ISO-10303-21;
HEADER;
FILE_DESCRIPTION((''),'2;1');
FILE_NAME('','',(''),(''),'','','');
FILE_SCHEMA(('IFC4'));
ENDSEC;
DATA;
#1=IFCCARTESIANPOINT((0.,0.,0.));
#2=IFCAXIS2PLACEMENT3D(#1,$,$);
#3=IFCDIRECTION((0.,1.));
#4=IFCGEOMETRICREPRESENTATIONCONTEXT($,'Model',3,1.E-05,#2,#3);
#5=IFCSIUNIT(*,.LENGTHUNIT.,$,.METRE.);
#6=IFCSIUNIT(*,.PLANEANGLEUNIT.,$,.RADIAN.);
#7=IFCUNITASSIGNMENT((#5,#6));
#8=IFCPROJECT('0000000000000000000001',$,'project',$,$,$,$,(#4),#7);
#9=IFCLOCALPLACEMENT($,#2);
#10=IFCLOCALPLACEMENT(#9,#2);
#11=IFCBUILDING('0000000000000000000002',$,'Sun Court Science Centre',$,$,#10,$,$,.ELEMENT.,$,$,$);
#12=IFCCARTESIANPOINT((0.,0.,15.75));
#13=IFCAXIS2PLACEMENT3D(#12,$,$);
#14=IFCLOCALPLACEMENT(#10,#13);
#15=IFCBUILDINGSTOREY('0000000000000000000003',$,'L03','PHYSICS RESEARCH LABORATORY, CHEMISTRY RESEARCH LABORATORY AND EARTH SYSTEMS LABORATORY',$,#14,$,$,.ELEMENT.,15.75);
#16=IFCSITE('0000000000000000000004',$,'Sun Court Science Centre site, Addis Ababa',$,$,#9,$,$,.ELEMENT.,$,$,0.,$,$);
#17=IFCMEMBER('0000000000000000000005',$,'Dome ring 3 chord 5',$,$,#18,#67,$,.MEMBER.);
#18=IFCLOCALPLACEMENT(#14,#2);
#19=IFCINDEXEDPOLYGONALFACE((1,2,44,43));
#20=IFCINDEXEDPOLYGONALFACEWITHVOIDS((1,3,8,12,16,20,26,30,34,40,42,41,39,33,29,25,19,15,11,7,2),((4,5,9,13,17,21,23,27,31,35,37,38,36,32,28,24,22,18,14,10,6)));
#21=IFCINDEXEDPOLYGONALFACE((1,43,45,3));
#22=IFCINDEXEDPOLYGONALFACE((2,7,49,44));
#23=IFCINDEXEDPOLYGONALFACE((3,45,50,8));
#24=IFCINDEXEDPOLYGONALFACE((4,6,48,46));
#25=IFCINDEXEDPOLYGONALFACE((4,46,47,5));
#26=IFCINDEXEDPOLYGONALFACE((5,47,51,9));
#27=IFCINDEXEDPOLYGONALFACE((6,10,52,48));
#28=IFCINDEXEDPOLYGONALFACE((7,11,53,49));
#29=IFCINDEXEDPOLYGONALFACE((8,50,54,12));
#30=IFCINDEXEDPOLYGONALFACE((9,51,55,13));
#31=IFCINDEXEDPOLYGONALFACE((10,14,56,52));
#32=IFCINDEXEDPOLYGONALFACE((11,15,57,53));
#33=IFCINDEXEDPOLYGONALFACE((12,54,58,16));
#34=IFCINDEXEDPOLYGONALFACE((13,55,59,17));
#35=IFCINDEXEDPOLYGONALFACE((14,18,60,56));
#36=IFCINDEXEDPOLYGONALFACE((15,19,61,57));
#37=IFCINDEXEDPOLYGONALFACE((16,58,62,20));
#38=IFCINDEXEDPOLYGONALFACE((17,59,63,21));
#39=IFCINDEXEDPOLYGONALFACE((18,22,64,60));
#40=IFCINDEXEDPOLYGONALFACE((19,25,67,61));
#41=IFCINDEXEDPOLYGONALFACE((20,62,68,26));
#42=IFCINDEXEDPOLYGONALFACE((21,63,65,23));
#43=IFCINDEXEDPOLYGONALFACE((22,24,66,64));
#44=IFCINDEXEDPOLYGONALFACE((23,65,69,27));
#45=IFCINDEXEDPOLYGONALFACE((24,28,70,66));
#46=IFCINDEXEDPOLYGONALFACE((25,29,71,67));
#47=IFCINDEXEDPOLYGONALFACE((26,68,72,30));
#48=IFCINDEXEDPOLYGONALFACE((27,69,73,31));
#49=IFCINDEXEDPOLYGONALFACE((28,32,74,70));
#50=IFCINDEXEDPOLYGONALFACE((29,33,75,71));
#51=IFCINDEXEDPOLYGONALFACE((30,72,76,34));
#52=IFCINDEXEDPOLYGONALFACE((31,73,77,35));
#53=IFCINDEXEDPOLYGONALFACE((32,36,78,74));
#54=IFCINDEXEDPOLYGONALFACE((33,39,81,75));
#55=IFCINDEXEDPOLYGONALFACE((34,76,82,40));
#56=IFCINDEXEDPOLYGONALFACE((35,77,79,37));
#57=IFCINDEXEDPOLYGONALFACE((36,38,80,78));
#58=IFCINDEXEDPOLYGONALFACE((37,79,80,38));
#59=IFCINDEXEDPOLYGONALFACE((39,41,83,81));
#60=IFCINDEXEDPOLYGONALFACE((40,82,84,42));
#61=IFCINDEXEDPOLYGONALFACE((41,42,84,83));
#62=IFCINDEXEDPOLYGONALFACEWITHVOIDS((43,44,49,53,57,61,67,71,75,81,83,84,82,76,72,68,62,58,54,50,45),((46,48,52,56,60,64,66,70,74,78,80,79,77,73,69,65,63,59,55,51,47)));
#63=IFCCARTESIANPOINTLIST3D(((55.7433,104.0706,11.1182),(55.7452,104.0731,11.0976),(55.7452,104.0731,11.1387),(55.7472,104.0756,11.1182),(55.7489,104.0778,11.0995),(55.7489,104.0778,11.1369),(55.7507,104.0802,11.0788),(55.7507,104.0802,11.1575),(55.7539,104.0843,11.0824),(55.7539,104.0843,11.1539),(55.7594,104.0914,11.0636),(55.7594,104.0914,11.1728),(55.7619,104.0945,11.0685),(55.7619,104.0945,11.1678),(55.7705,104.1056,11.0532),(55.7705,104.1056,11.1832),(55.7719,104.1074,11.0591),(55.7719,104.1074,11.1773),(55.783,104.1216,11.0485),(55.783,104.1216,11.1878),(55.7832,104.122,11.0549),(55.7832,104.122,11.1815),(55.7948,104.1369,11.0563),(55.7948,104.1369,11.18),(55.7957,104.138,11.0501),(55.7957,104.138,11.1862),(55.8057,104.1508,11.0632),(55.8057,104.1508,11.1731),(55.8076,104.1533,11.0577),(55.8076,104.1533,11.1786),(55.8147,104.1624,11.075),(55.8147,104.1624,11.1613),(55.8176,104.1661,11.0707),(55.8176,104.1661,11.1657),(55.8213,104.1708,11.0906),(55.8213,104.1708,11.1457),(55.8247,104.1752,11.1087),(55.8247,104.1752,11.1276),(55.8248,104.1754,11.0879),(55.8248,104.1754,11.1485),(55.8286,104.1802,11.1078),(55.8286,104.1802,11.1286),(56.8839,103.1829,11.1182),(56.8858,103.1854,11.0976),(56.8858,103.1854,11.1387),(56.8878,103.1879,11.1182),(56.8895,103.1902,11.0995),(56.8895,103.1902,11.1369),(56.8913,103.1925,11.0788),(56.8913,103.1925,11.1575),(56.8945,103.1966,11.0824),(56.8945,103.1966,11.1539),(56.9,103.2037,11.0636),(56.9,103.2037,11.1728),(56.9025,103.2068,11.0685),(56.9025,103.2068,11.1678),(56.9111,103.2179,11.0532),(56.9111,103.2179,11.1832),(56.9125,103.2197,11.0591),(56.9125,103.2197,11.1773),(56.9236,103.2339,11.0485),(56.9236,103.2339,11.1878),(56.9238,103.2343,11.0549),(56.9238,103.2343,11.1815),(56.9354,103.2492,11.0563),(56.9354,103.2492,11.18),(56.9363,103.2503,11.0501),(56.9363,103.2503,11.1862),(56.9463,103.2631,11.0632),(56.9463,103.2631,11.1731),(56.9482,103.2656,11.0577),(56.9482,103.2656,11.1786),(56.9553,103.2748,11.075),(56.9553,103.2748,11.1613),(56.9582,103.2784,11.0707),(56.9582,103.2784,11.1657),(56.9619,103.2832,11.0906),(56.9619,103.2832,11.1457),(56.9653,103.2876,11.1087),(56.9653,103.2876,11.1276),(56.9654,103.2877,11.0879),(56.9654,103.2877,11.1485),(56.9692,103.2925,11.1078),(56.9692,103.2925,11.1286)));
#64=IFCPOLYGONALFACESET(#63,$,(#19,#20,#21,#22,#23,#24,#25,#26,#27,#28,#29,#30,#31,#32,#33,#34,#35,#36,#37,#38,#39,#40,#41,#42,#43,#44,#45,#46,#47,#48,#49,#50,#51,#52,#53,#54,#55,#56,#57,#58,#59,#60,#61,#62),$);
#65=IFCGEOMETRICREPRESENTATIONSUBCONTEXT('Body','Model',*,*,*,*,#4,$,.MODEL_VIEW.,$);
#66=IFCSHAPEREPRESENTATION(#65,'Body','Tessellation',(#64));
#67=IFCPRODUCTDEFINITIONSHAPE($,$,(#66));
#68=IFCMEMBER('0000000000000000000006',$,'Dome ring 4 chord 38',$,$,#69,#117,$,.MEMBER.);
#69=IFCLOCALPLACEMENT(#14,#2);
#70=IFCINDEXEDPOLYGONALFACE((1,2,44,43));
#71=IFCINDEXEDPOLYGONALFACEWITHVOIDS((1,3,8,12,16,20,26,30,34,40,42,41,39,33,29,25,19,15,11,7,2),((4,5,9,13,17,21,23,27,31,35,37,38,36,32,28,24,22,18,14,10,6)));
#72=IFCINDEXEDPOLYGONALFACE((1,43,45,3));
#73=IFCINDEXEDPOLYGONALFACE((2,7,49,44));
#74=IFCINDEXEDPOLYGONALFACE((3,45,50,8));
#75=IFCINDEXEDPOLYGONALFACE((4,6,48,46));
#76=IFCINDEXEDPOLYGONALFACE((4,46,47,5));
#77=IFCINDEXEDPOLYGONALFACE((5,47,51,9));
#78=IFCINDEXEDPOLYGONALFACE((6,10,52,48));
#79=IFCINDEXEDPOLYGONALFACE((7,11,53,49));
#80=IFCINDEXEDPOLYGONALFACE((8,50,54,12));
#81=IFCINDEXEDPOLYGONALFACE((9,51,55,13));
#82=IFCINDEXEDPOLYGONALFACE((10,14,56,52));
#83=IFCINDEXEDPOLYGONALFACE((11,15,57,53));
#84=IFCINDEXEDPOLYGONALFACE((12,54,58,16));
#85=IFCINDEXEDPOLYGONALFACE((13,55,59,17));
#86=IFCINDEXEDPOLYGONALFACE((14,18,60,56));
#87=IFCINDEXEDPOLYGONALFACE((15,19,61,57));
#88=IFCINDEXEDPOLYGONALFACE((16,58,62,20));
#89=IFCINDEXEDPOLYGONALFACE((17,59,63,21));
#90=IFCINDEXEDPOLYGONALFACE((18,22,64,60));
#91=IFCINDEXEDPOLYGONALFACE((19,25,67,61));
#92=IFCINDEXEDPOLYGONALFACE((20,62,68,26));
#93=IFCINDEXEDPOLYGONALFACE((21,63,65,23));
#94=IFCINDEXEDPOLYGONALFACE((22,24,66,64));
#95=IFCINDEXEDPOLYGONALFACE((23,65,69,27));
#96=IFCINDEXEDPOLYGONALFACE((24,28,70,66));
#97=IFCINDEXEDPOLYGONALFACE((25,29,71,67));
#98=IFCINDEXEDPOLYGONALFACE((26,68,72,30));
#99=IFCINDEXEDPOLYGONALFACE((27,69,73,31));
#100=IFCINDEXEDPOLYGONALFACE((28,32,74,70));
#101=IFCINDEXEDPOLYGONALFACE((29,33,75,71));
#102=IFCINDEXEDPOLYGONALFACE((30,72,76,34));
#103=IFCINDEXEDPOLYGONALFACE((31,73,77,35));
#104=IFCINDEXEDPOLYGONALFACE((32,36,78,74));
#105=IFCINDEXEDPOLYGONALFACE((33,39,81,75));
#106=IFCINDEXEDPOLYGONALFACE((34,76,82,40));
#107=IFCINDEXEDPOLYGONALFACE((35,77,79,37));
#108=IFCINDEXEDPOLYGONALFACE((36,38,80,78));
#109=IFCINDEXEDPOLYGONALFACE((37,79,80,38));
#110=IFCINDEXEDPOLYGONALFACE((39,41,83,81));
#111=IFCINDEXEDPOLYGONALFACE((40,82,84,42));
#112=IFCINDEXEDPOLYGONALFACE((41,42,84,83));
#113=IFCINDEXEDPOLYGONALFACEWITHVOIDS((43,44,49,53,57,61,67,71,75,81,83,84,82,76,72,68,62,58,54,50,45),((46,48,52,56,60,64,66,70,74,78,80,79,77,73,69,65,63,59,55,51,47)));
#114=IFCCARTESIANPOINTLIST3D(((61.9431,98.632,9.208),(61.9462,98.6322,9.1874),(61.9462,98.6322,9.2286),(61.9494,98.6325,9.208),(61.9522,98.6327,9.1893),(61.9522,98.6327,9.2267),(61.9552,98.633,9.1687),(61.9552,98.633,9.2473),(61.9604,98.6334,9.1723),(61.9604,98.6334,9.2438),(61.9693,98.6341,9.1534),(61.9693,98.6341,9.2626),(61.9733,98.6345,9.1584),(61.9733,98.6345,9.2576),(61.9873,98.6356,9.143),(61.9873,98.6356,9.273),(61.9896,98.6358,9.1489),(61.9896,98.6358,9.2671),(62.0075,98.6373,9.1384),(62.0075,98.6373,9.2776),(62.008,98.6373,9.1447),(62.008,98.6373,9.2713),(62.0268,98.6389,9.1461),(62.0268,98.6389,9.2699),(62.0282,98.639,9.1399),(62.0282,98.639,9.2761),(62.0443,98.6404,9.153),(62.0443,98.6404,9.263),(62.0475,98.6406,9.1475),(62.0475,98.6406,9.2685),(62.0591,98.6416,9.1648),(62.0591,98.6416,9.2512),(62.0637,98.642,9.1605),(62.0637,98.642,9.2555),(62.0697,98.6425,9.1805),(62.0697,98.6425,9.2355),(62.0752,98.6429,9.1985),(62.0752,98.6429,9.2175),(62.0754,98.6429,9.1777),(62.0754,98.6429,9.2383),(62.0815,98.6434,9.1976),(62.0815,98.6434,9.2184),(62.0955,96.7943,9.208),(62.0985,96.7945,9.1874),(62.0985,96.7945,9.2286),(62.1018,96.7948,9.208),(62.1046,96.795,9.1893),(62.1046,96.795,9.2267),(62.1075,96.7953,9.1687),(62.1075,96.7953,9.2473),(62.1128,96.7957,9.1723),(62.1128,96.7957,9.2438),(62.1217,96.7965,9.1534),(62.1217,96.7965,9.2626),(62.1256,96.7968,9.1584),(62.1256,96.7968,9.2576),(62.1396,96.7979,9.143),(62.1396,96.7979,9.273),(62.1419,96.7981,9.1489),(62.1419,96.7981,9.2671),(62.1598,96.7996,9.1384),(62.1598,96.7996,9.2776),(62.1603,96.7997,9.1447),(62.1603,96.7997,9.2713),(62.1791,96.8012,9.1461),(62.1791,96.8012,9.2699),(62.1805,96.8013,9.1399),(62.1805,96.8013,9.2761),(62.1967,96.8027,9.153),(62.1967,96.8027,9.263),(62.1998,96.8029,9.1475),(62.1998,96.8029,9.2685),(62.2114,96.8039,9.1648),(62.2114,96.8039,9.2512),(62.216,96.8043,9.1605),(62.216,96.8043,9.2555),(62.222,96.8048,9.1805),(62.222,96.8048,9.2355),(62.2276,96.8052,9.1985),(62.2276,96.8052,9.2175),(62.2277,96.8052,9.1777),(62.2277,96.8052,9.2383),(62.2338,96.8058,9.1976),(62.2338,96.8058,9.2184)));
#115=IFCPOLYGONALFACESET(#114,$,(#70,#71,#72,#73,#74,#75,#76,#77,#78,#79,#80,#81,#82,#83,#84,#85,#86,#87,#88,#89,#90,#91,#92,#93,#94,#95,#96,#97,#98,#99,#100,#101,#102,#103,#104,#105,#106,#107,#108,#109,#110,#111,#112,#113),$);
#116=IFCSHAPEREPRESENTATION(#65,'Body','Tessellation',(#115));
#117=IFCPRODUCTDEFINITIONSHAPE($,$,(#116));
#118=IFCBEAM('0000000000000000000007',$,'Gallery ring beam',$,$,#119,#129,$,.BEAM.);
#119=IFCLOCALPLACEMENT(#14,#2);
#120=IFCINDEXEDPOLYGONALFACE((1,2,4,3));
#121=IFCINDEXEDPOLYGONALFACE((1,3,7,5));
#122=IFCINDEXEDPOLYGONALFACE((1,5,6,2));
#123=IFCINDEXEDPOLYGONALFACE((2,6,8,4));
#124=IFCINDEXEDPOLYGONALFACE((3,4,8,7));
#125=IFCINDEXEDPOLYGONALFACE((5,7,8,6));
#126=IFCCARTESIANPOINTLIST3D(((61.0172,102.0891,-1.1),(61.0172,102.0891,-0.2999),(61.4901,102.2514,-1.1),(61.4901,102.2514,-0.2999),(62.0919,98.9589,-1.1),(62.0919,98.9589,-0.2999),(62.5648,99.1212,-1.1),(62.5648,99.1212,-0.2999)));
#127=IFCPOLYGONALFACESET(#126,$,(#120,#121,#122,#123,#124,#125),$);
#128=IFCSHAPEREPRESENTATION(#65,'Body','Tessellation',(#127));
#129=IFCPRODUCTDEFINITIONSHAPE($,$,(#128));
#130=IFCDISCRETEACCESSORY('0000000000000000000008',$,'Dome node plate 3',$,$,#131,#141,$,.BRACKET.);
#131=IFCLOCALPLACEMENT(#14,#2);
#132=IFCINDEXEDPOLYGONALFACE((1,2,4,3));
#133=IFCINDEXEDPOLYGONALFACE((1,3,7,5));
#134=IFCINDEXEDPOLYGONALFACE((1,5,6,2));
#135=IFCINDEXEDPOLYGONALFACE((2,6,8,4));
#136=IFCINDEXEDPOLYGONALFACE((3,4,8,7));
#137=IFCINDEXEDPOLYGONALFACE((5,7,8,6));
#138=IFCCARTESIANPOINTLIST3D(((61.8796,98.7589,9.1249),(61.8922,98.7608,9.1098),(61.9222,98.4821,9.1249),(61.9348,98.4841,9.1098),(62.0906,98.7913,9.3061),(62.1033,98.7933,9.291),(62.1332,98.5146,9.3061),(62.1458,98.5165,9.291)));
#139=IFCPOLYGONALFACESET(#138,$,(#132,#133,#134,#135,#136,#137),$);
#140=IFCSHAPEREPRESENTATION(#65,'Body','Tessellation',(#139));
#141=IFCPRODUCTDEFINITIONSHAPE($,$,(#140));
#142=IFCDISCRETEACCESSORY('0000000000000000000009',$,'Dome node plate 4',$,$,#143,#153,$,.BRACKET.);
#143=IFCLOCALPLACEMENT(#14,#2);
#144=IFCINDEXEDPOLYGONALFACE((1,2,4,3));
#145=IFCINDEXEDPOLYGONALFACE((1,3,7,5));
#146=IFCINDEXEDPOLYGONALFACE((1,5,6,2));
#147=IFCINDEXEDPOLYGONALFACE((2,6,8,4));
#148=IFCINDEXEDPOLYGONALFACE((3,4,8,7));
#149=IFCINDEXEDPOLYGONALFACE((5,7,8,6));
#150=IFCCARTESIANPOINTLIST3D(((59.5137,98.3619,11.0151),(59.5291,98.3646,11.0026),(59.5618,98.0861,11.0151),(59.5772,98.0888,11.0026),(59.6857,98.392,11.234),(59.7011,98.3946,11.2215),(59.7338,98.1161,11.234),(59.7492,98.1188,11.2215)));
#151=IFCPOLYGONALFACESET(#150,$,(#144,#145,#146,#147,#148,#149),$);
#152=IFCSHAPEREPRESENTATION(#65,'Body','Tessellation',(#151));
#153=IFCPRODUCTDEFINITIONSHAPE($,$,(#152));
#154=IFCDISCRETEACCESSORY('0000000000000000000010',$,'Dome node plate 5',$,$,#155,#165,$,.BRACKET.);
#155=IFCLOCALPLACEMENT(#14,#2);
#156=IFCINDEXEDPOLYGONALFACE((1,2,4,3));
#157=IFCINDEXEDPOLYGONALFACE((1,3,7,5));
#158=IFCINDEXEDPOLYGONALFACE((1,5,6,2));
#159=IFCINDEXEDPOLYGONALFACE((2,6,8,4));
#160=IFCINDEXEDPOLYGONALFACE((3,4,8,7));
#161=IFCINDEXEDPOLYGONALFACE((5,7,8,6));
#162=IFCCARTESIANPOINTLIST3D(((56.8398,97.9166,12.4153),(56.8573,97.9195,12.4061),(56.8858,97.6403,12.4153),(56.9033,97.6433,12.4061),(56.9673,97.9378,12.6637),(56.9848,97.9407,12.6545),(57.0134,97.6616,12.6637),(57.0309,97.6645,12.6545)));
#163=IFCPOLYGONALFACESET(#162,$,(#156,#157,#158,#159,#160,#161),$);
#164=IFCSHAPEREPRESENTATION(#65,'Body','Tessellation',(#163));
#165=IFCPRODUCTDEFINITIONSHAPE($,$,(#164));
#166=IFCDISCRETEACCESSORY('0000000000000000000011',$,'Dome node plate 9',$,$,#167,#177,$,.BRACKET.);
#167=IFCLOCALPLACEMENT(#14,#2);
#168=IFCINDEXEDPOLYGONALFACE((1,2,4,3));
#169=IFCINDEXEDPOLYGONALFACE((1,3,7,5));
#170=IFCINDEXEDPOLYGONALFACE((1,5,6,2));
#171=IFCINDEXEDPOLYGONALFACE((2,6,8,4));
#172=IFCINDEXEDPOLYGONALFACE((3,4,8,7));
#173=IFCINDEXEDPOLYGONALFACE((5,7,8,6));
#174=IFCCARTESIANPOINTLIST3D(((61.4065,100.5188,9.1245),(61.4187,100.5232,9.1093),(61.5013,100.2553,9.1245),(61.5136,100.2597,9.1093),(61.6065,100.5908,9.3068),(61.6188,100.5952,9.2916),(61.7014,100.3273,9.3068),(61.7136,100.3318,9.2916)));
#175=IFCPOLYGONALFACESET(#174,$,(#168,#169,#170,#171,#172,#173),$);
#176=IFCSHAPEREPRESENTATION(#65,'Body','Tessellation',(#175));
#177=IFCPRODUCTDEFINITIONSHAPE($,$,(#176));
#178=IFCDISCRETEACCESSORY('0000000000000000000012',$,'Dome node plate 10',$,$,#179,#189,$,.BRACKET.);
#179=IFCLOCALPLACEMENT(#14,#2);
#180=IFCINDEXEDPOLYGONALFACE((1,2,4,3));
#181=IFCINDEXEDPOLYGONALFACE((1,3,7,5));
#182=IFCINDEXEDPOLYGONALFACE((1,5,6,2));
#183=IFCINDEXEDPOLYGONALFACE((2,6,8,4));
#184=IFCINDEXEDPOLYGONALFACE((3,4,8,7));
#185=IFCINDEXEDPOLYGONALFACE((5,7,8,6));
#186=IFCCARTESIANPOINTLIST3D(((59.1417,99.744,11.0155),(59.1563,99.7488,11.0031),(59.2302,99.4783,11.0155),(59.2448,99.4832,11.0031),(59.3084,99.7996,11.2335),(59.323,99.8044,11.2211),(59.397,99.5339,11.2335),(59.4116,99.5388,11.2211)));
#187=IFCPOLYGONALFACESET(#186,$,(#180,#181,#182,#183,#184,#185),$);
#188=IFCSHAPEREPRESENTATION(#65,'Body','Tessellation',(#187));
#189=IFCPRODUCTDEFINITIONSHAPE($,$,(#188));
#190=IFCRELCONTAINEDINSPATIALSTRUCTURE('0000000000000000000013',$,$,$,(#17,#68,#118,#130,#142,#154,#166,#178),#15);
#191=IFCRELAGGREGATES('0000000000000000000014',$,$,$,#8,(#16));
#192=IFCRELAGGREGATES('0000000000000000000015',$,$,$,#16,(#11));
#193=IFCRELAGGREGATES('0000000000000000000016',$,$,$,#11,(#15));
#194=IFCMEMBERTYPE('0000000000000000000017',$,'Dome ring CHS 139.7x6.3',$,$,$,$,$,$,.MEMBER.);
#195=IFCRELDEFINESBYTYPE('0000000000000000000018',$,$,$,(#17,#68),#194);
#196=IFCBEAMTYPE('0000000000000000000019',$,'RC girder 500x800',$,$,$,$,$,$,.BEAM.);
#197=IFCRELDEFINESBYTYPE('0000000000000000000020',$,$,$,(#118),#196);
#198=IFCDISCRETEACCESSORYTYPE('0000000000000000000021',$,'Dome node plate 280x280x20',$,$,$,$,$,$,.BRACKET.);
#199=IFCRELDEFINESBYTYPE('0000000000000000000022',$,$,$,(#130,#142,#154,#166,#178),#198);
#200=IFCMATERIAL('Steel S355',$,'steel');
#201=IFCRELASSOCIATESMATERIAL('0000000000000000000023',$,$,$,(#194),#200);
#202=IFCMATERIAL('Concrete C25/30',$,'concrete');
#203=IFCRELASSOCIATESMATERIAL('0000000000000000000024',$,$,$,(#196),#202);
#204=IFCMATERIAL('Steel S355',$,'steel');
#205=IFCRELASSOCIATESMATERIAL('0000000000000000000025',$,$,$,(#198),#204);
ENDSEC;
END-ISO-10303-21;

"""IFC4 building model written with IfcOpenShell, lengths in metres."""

from ifc_helpers import new_model, si_unit, direction, frame, origin, origin_2d, place, context, subcontext, project, spatial, rectangle, hollow_circle, extrude, material, material_profile, profile_set, type_object, element, save


model = new_model("IFC4")

# Units and contexts
model_context = context("Model", 3, precision=1e-05, world=origin(), true_north=direction((0.0, 1.0)))
body_context = subcontext(model_context, "Body", "Model", "MODEL_VIEW")
ifc_project = project(units=[si_unit("LENGTHUNIT", "METRE"), si_unit("PLANEANGLEUNIT", "RADIAN")], contexts=[model_context])

# Site, building, storey
site_placement = place(None, origin())
site = spatial("IfcSite", under=ifc_project, at=site_placement, Name="Sun Court Science Centre site, Addis Ababa", CompositionType="ELEMENT", RefElevation=0.0)
building_placement = place(site_placement, origin())
building = spatial("IfcBuilding", under=site, at=building_placement, Name="Sun Court Science Centre", CompositionType="ELEMENT")
storey_placement = place(building_placement, frame((0.0, 0.0, 15.75)))
storey = spatial("IfcBuildingStorey", under=building, at=storey_placement, Name="L03", Description="PHYSICS RESEARCH LABORATORY, CHEMISTRY RESEARCH LABORATORY AND EARTH SYSTEMS LABORATORY", CompositionType="ELEMENT", Elevation=15.75)

# Members
ifc_material_1 = material(Name="Steel S355", Category="steel")
ifc_material_profile_1 = material_profile(ifc_material_1, hollow_circle(Radius=0.0698, WallThickness=0.0063, at=origin_2d()), Name="CHS 139.7x6.3")
ifc_profile_set_1 = profile_set([ifc_material_profile_1], Name="Steel S355")
member_type_1 = type_object("IfcMemberType", Name="Dome ring CHS 139.7x6.3", PredefinedType="MEMBER", material=ifc_profile_set_1)
member_1_placement = place(storey_placement, frame((56.9268, 103.238, 11.1182), z_axis=(-0.78917, 0.614174, 0.0), x_axis=(-0.614174, -0.78917, 0.0)))
element("IfcMember", 1, at=member_1_placement, inside=storey, type_object=member_type_1, Name="Dome ring 3 chord 5", PredefinedType="MEMBER", context=body_context, shape_type="SweptSolid", body=[
    extrude(hollow_circle(Radius=0.0698, WallThickness=0.0063, at=origin_2d()), origin(), (0.0, 0.0, 1.0), 1.4453),
])
member_2_placement = place(storey_placement, frame((62.165, 96.8, 9.208), z_axis=(-0.082618, 0.996581, 0.0), x_axis=(-0.996581, -0.082618, 0.0)))
element("IfcMember", 2, at=member_2_placement, inside=storey, type_object=member_type_1, Name="Dome ring 4 chord 38", PredefinedType="MEMBER", context=body_context, shape_type="SweptSolid", body=[
    extrude(hollow_circle(Radius=0.0698, WallThickness=0.0063, at=origin_2d()), origin(), (0.0, 0.0, 1.0), 1.844),
])

# Beam
ifc_material_2 = material(Name="Concrete C25/30", Category="concrete")
ifc_material_profile_2 = material_profile(ifc_material_2, rectangle(XDim=0.5, YDim=0.8, at=origin_2d()), Name="RC 500x800")
ifc_profile_set_2 = profile_set([ifc_material_profile_2], Name="Concrete C25/30")
beam_type = type_object("IfcBeamType", Name="RC girder 500x800", PredefinedType="BEAM", material=ifc_profile_set_2)
beam_placement = place(storey_placement, frame((62.3284, 99.04, -0.7), z_axis=(-0.324735, 0.945805, 0.0), x_axis=(-0.945805, -0.324735, 0.0)))
element("IfcBeam", 3, at=beam_placement, inside=storey, type_object=beam_type, Name="Gallery ring beam", PredefinedType="BEAM", context=body_context, shape_type="SweptSolid", body=[
    extrude(rectangle(XDim=0.5, YDim=0.8, at=origin_2d()), origin(), (0.0, 0.0, 1.0), 3.3096),
])

# Discrete accessories
ifc_material_3 = material(Name="Steel S355", Category="steel")
ifc_material_profile_3 = material_profile(ifc_material_3, rectangle(XDim=0.28, YDim=0.28, at=origin_2d()), Name="PL 280x280")
ifc_profile_set_3 = profile_set([ifc_material_profile_3], Name="Steel S355")
discrete_accessory_type = type_object("IfcDiscreteAccessoryType", Name="Dome node plate 280x280x20", PredefinedType="BRACKET", material=ifc_profile_set_3)
discrete_accessory_1_placement = place(storey_placement, frame((62.019, 98.6387, 9.2004), z_axis=(-0.639495, -0.098384, 0.762474), x_axis=(0.152057, -0.988372, 0.0)))
element("IfcDiscreteAccessory", 4, at=discrete_accessory_1_placement, inside=storey, type_object=discrete_accessory_type, Name="Dome node plate 3", PredefinedType="BRACKET", context=body_context, shape_type="SweptSolid", body=[
    extrude(rectangle(XDim=0.28, YDim=0.28, at=origin_2d()), origin(), (0.0, 0.0, 1.0), 0.0198),
])
for number, where, z_axis, x_axis, name in (
    (5, (59.6392, 98.2417, 11.1121), (-0.770185, -0.134477, 0.623483), (0.172001, -0.985097, 0.0), "Dome node plate 4"),
    (6, (56.9441, 97.792, 12.5303), (-0.874931, -0.145822, 0.461769), (0.164399, -0.986394, 0.0), "Dome node plate 5"),
    (7, (61.5662, 100.4275, 9.2004), (-0.612311, -0.220432, 0.759266), (0.338719, -0.940887, 0.0), "Dome node plate 9"),
):
    element("IfcDiscreteAccessory", number, at=place(storey_placement, frame(where, z_axis=z_axis, x_axis=x_axis)), inside=storey, type_object=discrete_accessory_type, Name=name, PredefinedType="BRACKET", context=body_context, shape_type="SweptSolid", body=[
        extrude(rectangle(XDim=0.28, YDim=0.28, at=origin_2d()), origin(), (0.0, 0.0, 1.0), 0.02),
    ])
discrete_accessory_2_placement = place(storey_placement, frame((59.2839, 99.6438, 11.1121), z_axis=(-0.738493, -0.246164, 0.627719), x_axis=(0.316228, -0.948683, 0.0)))
element("IfcDiscreteAccessory", 8, at=discrete_accessory_2_placement, inside=storey, type_object=discrete_accessory_type, Name="Dome node plate 10", PredefinedType="BRACKET", context=body_context, shape_type="SweptSolid", body=[
    extrude(rectangle(XDim=0.28, YDim=0.28, at=origin_2d()), origin(), (0.0, 0.0, 1.0), 0.0198),
])

save(model, "model.ifc")
